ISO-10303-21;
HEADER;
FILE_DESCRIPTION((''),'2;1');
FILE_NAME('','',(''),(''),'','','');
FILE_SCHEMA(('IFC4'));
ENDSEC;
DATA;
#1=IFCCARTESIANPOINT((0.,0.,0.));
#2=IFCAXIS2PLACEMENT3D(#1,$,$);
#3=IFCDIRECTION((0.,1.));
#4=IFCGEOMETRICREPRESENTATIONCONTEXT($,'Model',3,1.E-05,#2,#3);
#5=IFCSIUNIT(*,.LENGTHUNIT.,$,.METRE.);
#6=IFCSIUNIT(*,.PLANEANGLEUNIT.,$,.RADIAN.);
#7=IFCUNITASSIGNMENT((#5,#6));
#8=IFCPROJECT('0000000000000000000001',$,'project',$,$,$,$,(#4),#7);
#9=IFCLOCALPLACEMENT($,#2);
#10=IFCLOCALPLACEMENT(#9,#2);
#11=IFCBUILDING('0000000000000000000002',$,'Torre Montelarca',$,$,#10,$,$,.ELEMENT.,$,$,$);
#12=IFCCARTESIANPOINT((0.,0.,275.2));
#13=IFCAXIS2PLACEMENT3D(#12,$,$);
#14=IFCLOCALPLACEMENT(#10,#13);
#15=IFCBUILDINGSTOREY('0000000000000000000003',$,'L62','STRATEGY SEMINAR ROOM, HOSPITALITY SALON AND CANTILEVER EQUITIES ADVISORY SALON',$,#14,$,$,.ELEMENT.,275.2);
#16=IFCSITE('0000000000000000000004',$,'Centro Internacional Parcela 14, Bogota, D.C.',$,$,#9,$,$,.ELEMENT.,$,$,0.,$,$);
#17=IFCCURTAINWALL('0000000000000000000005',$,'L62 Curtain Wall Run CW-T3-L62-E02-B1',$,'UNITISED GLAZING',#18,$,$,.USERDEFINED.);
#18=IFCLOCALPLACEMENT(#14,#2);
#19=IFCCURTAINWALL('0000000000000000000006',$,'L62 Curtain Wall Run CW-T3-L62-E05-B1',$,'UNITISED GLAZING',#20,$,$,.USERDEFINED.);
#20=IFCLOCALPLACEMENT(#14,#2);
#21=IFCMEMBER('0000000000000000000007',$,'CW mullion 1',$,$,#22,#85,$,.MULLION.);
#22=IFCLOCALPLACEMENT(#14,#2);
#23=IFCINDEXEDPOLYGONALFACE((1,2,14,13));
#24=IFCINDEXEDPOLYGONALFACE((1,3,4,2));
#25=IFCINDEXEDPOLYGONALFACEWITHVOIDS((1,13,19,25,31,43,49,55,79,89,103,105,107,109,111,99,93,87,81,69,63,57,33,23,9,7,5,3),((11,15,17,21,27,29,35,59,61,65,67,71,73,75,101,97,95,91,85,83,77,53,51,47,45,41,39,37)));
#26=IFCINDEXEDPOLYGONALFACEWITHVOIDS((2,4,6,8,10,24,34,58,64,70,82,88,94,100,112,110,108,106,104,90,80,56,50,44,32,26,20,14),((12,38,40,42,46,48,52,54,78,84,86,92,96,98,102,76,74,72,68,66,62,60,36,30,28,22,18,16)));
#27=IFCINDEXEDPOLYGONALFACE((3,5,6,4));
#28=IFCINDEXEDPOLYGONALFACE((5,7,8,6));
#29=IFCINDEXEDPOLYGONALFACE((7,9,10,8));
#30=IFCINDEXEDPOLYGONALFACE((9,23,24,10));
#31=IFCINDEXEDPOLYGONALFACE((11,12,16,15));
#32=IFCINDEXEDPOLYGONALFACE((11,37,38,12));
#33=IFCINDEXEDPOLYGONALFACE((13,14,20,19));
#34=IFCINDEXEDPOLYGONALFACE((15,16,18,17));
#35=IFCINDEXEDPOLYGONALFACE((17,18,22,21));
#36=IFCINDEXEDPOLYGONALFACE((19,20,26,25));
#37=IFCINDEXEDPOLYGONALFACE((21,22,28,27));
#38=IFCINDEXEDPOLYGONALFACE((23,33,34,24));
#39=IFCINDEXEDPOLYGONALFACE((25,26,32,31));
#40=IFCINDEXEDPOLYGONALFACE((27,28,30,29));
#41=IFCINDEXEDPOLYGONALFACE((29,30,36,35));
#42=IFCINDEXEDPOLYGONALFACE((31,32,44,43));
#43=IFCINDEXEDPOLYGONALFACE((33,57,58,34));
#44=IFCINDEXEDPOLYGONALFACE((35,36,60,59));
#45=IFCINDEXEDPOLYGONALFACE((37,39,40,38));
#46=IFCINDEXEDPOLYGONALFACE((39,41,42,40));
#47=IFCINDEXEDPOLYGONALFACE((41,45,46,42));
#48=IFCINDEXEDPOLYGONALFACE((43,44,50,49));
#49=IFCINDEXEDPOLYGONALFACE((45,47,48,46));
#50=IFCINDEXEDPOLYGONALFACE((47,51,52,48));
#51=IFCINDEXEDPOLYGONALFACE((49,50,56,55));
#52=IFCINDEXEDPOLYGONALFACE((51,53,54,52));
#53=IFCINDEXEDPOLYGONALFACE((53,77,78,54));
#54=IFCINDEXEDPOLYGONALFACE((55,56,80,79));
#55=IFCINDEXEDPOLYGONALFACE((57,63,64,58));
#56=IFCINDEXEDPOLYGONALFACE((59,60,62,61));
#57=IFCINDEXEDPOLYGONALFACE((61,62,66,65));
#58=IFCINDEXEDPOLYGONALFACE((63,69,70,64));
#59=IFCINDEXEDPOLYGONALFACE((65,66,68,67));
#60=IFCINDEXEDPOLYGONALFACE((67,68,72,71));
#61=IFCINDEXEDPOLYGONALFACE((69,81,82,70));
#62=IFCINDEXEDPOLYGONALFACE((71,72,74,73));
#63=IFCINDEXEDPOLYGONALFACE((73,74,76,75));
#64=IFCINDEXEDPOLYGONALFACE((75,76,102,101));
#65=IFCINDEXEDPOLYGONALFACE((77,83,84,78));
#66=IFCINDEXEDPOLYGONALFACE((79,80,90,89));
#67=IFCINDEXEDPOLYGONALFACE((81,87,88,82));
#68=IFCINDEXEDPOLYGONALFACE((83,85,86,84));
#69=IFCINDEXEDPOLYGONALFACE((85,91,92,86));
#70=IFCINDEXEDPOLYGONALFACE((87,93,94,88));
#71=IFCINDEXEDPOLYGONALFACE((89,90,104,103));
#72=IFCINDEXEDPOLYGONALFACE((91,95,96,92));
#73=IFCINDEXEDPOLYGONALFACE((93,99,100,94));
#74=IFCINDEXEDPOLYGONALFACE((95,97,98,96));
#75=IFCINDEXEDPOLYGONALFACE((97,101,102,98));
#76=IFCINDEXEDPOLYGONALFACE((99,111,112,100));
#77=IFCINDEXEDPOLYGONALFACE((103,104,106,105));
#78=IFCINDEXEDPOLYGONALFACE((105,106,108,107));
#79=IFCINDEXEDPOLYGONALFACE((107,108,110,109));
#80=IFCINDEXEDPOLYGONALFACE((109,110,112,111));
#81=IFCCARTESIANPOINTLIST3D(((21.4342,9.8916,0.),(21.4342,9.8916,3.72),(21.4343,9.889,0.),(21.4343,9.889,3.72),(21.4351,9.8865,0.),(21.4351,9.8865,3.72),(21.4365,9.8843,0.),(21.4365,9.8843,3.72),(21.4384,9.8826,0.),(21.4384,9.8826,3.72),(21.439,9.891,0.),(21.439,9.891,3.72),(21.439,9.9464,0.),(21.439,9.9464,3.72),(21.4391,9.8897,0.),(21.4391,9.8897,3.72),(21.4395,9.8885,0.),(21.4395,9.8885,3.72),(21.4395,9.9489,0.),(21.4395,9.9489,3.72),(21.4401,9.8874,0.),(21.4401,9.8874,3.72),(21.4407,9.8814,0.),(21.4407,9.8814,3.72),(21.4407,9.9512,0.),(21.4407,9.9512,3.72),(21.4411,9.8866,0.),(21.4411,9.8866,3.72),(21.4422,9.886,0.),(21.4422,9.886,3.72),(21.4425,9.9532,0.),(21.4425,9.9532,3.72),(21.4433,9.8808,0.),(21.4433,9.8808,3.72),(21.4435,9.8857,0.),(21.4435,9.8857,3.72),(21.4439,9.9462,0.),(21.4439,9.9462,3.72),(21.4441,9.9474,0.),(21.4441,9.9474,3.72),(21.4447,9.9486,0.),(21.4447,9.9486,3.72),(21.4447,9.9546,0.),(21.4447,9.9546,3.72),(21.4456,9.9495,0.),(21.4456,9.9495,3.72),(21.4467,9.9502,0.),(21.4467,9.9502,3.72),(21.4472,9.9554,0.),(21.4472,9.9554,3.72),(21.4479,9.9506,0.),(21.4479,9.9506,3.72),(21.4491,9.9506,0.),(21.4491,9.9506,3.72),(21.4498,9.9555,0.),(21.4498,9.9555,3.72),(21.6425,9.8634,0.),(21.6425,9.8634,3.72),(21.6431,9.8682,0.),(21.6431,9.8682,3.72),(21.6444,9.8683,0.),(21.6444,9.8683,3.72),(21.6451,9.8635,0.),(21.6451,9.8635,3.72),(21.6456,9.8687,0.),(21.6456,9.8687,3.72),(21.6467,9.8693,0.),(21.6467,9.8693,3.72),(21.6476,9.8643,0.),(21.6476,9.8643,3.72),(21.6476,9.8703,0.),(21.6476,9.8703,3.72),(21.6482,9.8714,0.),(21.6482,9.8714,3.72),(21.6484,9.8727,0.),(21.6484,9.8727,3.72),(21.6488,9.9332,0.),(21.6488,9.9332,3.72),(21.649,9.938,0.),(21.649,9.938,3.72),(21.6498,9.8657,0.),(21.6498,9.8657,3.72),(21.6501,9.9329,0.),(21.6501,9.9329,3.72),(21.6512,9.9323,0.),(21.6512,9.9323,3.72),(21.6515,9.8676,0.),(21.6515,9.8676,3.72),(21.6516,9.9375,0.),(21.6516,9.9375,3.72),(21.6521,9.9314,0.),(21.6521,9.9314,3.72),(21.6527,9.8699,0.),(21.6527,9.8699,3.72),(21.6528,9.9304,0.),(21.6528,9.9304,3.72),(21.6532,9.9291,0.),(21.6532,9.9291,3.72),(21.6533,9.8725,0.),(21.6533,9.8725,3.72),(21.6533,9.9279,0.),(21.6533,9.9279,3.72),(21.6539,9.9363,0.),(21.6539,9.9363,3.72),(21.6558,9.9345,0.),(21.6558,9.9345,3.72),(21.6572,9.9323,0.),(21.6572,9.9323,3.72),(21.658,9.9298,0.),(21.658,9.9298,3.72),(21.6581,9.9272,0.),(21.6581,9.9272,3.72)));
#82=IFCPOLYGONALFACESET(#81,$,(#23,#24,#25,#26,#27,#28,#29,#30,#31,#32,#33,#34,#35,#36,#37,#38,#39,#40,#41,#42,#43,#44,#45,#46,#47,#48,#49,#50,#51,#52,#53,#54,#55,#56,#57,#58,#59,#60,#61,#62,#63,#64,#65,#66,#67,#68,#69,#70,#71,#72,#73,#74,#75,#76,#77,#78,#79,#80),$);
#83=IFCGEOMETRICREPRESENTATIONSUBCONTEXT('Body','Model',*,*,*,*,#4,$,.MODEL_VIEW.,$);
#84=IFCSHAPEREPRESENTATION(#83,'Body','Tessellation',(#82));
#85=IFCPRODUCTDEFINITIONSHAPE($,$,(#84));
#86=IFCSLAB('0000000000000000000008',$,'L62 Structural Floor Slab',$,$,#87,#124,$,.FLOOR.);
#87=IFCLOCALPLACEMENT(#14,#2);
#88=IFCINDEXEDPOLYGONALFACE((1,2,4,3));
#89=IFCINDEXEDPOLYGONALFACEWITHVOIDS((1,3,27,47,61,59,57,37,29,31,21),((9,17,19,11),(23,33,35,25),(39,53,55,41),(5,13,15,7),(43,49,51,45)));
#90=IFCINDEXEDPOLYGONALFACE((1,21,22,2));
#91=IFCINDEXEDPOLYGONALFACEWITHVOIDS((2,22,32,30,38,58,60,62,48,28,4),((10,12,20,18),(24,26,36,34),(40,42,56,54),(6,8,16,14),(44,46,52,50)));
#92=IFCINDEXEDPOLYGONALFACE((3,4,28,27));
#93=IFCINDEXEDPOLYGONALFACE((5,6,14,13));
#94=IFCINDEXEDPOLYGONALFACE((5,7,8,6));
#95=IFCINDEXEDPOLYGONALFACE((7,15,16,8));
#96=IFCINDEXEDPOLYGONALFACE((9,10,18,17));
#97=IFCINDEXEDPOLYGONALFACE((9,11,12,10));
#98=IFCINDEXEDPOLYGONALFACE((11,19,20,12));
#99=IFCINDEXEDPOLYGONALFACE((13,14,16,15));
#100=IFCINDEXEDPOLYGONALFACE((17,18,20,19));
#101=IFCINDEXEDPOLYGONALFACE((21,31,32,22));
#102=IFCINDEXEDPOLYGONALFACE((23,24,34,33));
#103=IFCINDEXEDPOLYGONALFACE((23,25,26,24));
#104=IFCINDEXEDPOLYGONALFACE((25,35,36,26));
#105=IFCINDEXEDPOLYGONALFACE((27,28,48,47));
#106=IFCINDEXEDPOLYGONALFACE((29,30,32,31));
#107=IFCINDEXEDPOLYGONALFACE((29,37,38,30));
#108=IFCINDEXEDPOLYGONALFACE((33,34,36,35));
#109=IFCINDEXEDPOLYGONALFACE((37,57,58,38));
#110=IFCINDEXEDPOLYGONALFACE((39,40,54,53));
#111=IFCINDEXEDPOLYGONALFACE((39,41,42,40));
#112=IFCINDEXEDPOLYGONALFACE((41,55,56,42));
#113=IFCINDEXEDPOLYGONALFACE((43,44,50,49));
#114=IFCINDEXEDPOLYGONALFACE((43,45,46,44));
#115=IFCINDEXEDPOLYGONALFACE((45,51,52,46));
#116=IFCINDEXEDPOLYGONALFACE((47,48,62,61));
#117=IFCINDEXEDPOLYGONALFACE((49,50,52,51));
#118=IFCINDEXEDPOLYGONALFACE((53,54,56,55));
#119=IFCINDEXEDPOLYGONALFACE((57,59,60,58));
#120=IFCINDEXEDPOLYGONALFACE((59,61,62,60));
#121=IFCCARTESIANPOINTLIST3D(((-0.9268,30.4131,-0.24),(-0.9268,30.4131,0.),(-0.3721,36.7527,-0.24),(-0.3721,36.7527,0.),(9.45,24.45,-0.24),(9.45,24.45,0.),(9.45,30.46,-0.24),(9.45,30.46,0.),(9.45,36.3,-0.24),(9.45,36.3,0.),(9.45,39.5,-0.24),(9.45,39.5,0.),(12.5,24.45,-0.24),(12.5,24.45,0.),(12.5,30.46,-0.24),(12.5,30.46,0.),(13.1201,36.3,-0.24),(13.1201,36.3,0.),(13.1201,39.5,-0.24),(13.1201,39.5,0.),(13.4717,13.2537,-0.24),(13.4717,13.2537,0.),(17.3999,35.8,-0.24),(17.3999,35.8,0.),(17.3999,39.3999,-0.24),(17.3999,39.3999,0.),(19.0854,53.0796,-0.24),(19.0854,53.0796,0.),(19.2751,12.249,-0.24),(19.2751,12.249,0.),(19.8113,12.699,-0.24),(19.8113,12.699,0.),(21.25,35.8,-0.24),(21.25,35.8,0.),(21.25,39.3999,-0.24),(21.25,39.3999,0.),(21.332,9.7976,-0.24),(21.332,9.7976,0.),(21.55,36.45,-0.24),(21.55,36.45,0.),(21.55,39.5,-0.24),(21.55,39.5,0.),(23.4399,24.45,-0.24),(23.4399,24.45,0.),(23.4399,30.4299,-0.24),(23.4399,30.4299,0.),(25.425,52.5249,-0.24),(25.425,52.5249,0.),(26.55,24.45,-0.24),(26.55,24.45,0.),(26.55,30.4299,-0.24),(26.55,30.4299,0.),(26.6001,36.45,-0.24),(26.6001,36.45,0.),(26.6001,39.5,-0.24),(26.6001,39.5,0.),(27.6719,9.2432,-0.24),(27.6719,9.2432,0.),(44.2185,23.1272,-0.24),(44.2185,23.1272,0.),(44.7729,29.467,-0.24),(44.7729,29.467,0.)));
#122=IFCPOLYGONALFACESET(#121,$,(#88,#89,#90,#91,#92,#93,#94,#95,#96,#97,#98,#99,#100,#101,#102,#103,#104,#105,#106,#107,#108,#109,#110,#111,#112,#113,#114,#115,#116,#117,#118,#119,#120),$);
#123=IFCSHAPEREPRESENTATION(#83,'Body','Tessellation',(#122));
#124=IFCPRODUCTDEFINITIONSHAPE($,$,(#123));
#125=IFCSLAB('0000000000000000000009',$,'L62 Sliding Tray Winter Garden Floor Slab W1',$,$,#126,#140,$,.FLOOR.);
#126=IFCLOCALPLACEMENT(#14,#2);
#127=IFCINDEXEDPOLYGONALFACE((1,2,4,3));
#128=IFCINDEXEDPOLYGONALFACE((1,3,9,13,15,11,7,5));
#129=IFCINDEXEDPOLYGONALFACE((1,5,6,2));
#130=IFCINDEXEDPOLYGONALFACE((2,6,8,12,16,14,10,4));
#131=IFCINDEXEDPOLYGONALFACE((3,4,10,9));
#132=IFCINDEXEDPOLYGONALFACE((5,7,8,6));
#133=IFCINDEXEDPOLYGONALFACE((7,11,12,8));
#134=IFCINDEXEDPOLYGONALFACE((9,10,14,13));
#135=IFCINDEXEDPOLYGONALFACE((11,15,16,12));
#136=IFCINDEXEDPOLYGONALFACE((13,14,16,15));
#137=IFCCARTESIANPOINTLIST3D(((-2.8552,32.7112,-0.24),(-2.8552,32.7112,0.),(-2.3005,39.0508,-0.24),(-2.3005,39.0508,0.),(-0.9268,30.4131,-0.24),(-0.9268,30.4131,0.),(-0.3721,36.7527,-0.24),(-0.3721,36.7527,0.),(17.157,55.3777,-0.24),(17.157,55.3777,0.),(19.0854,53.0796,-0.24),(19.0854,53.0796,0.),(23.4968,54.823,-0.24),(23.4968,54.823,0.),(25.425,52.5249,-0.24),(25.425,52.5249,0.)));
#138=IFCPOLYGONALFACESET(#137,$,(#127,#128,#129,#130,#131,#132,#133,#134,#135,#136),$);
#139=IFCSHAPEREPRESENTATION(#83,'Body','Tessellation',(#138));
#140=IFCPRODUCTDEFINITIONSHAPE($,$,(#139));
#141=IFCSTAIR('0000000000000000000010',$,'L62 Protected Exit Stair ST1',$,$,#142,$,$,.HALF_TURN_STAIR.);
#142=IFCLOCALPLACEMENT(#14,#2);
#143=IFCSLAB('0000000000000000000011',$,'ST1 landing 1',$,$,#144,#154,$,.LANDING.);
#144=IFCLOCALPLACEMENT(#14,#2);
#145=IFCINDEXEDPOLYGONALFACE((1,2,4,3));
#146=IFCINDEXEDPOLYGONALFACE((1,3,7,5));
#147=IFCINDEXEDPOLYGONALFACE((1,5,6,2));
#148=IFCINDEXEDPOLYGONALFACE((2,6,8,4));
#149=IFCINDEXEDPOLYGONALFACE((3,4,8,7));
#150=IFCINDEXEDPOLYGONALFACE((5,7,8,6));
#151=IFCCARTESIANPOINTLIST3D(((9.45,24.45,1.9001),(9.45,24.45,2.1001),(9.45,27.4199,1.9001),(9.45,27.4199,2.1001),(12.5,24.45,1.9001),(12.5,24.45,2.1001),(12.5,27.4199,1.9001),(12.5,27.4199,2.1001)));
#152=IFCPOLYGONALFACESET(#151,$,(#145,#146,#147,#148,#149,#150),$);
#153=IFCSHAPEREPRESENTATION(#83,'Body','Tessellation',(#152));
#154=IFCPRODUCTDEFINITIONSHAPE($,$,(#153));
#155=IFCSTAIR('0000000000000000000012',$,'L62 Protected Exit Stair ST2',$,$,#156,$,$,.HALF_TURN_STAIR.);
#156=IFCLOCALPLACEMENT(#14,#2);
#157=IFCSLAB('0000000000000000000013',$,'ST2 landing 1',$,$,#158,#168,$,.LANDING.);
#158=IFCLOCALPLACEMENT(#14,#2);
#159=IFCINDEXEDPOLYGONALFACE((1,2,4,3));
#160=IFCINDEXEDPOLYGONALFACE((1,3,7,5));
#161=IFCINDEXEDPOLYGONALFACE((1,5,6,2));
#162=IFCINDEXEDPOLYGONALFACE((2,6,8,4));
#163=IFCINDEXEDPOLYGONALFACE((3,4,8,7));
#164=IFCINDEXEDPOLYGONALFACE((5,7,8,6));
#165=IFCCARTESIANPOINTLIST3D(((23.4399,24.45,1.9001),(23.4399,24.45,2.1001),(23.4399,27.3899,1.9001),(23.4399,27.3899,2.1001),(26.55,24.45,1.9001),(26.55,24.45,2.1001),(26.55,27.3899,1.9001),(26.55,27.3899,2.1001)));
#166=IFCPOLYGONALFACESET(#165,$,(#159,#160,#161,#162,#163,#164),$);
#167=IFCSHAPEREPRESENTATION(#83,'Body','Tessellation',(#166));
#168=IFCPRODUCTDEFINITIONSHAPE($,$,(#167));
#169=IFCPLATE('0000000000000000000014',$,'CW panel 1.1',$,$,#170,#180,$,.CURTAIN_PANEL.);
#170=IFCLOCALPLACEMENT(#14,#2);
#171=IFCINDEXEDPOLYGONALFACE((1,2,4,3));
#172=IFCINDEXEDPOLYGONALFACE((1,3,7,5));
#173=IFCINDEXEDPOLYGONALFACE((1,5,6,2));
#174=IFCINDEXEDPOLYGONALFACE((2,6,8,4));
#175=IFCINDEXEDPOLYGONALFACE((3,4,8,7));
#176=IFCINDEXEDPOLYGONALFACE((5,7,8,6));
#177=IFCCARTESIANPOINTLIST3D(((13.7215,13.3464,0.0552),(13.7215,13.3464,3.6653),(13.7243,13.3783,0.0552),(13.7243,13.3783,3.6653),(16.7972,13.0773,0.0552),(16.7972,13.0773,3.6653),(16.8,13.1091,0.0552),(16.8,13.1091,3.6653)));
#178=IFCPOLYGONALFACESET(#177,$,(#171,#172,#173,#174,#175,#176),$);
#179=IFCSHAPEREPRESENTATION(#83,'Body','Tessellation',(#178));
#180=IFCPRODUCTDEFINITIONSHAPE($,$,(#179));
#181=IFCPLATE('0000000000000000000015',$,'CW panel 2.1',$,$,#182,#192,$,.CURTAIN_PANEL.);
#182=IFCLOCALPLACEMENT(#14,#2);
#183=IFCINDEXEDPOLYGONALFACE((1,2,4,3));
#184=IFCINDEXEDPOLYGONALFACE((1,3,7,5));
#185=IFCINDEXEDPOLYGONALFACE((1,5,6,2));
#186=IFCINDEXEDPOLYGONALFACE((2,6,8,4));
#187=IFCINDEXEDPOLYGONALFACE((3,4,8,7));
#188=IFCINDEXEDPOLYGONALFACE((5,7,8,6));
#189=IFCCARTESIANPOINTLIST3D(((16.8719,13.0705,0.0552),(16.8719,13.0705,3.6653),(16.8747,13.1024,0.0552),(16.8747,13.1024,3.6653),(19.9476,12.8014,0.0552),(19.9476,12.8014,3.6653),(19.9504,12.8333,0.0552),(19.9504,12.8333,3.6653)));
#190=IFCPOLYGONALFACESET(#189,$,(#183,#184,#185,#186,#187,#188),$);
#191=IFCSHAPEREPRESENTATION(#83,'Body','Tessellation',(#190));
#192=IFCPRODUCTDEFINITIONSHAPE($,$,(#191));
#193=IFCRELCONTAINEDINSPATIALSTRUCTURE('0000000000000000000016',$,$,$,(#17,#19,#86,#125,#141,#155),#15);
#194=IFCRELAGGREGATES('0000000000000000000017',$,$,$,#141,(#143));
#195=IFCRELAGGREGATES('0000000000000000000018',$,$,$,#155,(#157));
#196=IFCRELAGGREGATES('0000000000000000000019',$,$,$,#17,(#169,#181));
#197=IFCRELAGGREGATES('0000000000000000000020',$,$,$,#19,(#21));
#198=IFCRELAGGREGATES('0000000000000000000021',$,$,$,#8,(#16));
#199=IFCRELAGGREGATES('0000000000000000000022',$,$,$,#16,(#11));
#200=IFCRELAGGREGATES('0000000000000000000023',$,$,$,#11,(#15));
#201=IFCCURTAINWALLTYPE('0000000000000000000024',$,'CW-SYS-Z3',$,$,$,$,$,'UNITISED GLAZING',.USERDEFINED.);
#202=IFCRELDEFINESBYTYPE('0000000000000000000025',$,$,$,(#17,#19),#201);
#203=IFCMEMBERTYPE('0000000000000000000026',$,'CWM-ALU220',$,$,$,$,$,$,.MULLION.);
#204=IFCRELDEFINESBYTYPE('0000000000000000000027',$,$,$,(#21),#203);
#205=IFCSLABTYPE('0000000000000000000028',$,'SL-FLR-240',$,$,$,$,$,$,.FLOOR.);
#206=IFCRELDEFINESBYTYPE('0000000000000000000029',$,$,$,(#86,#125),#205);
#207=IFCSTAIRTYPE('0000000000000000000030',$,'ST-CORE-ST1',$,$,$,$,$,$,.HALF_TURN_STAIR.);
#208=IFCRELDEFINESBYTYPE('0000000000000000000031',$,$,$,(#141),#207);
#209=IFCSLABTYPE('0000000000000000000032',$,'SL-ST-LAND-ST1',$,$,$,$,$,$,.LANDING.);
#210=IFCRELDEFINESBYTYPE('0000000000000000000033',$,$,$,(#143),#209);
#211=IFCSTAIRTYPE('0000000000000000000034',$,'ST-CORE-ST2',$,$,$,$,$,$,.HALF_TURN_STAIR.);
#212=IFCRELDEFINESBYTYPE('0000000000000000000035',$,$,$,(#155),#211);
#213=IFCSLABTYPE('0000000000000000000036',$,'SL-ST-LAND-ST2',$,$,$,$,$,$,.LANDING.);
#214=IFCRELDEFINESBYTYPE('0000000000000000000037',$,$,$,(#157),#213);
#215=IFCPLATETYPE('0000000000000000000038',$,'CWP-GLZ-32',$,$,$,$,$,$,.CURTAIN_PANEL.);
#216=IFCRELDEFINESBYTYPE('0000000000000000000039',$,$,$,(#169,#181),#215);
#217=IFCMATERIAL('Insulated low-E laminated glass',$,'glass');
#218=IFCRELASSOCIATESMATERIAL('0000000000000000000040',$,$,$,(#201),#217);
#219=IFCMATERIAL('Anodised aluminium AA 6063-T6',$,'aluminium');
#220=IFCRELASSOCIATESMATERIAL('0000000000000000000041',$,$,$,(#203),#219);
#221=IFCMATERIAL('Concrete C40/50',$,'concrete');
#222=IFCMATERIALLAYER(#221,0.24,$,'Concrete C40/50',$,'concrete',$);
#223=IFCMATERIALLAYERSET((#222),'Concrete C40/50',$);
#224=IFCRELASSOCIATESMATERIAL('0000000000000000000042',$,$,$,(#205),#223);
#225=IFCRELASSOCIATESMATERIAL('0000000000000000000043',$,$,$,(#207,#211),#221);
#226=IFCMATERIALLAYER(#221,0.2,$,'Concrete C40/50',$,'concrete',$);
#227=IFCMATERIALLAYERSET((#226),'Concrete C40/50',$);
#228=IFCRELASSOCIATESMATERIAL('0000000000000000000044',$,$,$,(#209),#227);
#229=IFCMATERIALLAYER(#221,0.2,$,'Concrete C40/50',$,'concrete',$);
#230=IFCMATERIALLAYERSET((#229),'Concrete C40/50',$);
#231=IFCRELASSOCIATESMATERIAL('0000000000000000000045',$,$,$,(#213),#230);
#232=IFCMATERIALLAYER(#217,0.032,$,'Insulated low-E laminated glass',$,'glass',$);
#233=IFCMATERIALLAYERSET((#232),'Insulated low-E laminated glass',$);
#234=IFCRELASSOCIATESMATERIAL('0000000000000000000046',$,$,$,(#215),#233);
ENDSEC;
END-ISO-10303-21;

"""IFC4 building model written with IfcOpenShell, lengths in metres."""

from ifc_helpers import new_model, si_unit, direction, frame, origin, origin_2d, place, context, subcontext, project, spatial, polyline, rectangle, hollow_rectangle, outline, extrude, source, transform, mapped, material, layer, layer_set, material_profile, profile_set, type_object, element, aggregate, save


model = new_model("IFC4")

# Units and contexts
model_context = context("Model", 3, precision=1e-05, world=origin(), true_north=direction((0.0, 1.0)))
body_context = subcontext(model_context, "Body", "Model", "MODEL_VIEW")
ifc_project = project(units=[si_unit("LENGTHUNIT", "METRE"), si_unit("PLANEANGLEUNIT", "RADIAN")], contexts=[model_context])

# Site, building, storey
site_placement = place(None, origin())
site = spatial("IfcSite", under=ifc_project, at=site_placement, Name="Centro Internacional Parcela 14, Bogota, D.C.", CompositionType="ELEMENT", RefElevation=0.0)
building_placement = place(site_placement, origin())
building = spatial("IfcBuilding", under=site, at=building_placement, Name="Torre Montelarca", CompositionType="ELEMENT")
storey_placement = place(building_placement, frame((0.0, 0.0, 275.2)))
storey = spatial("IfcBuildingStorey", under=building, at=storey_placement, Name="L62", Description="STRATEGY SEMINAR ROOM, HOSPITALITY SALON AND CANTILEVER EQUITIES ADVISORY SALON", CompositionType="ELEMENT", Elevation=275.2)

# Curtain walls
ifc_material_1 = material(Name="Insulated low-E laminated glass", Category="glass")
curtain_wall_type = type_object("IfcCurtainWallType", Name="CW-SYS-Z3", ElementType="UNITISED GLAZING", PredefinedType="USERDEFINED", material=ifc_material_1)
curtain_wall_1_placement = place(storey_placement, origin())
curtain_wall_1 = element("IfcCurtainWall", 1, at=curtain_wall_1_placement, inside=storey, type_object=curtain_wall_type, Name="L62 Curtain Wall Run CW-T3-L62-E02-B1", ObjectType="UNITISED GLAZING", PredefinedType="USERDEFINED")
ifc_material_2 = material(Name="Anodised aluminium AA 6063-T6", Category="aluminium")
curtain_wall_2_placement = place(storey_placement, origin())
curtain_wall_2 = element("IfcCurtainWall", 2, at=curtain_wall_2_placement, inside=storey, type_object=curtain_wall_type, Name="L62 Curtain Wall Run CW-T3-L62-E05-B1", ObjectType="UNITISED GLAZING", PredefinedType="USERDEFINED")

# Shared definitions
ifc_material_profile_1 = material_profile(ifc_material_2, hollow_rectangle(XDim=0.075, YDim=0.22, WallThickness=0.0049, InnerFilletRadius=0.0049, OuterFilletRadius=0.01, at=origin_2d()), Name="ALU75X220X5", Category="aluminium")
ifc_profile_set_1 = profile_set([ifc_material_profile_1], Name="Anodised aluminium AA 6063-T6")
member_type_1 = type_object("IfcMemberType", Name="CWM-ALU220", PredefinedType="MULLION", material=ifc_profile_set_1)
shared_shape_1 = source(origin(), body_context, "Body", "SweptSolid", [
    extrude(hollow_rectangle(XDim=0.075, YDim=0.22, WallThickness=0.0049, InnerFilletRadius=0.0049, OuterFilletRadius=0.01, at=origin_2d()), origin(), (0.0, 0.0, 1.0), 3.72),
])

# Member
member_1_placement = place(storey_placement, frame((21.5461, 9.9094, 0.0), z_axis=(0.0, 0.0, 1.0), x_axis=(0.087166, 0.996194, 0.0)))
member_1 = element("IfcMember", 3, at=member_1_placement, type_object=member_type_1, Name="CW mullion 1", PredefinedType="MULLION", context=body_context, shape_type="MappedRepresentation", body=[
    mapped(shared_shape_1, transform((0.0, 0.0, 0.0), scale=1.0)),
])

# Slabs
ifc_material_3 = material(Name="Concrete C40/50", Category="concrete")
ifc_layer_1 = layer(ifc_material_3, 0.24, Name="Concrete C40/50", Category="concrete")
ifc_layer_set_1 = layer_set([ifc_layer_1], Name="Concrete C40/50")
slab_type_1 = type_object("IfcSlabType", Name="SL-FLR-240", PredefinedType="FLOOR", material=ifc_layer_set_1)
slab_1_placement = place(storey_placement, frame((0.0, 0.0, -0.24)))
element("IfcSlab", 4, at=slab_1_placement, inside=storey, type_object=slab_type_1, Name="L62 Structural Floor Slab", PredefinedType="FLOOR", context=body_context, shape_type="SweptSolid", body=[
    extrude(outline(polyline([(13.4717, 13.2537), (19.8113, 12.699), (19.2751, 12.249), (21.332, 9.7976), (27.6719, 9.2432), (44.2185, 23.1272), (44.7729, 29.467), (25.425, 52.5249), (19.0854, 53.0796), (-0.3721, 36.7527), (-0.9268, 30.4131), (13.4717, 13.2537)]), holes=[polyline([(26.55, 24.45), (23.4399, 24.45), (23.4399, 30.4299), (26.55, 30.4299), (26.55, 24.45)]), polyline([(12.5, 24.45), (9.45, 24.45), (9.45, 30.46), (12.5, 30.46), (12.5, 24.45)]), polyline([(21.25, 39.3999), (21.25, 35.8), (17.3999, 35.8), (17.3999, 39.3999), (21.25, 39.3999)]), polyline([(13.1201, 36.3), (9.45, 36.3), (9.45, 39.5), (13.1201, 39.5), (13.1201, 36.3)]), polyline([(26.6001, 36.45), (21.55, 36.45), (21.55, 39.5), (26.6001, 39.5), (26.6001, 36.45)])]), origin(), (0.0, 0.0, 1.0), 0.24),
])
slab_2_placement = place(storey_placement, frame((0.0, 0.0, -0.24)))
element("IfcSlab", 5, at=slab_2_placement, inside=storey, type_object=slab_type_1, Name="L62 Sliding Tray Winter Garden Floor Slab W1", PredefinedType="FLOOR", context=body_context, shape_type="SweptSolid", body=[
    extrude(outline(polyline([(-0.9268, 30.4131), (-0.3721, 36.7527), (19.0854, 53.0796), (25.425, 52.5249), (23.4968, 54.823), (17.157, 55.3777), (-2.3005, 39.0508), (-2.8552, 32.7112), (-0.9268, 30.4131)])), origin(), (0.0, 0.0, 1.0), 0.24),
])

# Stairs, slabs
stair_type_1 = type_object("IfcStairType", Name="ST-CORE-ST1", PredefinedType="HALF_TURN_STAIR", material=ifc_material_3)
stair_1_placement = place(storey_placement, origin())
stair_1 = element("IfcStair", 6, at=stair_1_placement, inside=storey, type_object=stair_type_1, Name="L62 Protected Exit Stair ST1", PredefinedType="HALF_TURN_STAIR")
ifc_layer_2 = layer(ifc_material_3, 0.2, Name="Concrete C40/50", Category="concrete")
ifc_layer_set_2 = layer_set([ifc_layer_2], Name="Concrete C40/50")
slab_type_2 = type_object("IfcSlabType", Name="SL-ST-LAND-ST1", PredefinedType="LANDING", material=ifc_layer_set_2)
slab_3_placement = place(storey_placement, frame((0.0, 0.0, 1.9001)))
slab_3 = element("IfcSlab", 7, at=slab_3_placement, type_object=slab_type_2, Name="ST1 landing 1", PredefinedType="LANDING", context=body_context, shape_type="SweptSolid", body=[
    extrude(outline(polyline([(9.45, 27.4199), (9.45, 24.45), (12.5, 24.45), (12.5, 27.4199), (9.45, 27.4199)])), origin(), (0.0, 0.0, 1.0), 0.2),
])
aggregate(stair_1, [slab_3])
stair_type_2 = type_object("IfcStairType", Name="ST-CORE-ST2", PredefinedType="HALF_TURN_STAIR", material=ifc_material_3)
stair_2_placement = place(storey_placement, origin())
stair_2 = element("IfcStair", 8, at=stair_2_placement, inside=storey, type_object=stair_type_2, Name="L62 Protected Exit Stair ST2", PredefinedType="HALF_TURN_STAIR")
ifc_layer_3 = layer(ifc_material_3, 0.2, Name="Concrete C40/50", Category="concrete")
ifc_layer_set_3 = layer_set([ifc_layer_3], Name="Concrete C40/50")
slab_type_3 = type_object("IfcSlabType", Name="SL-ST-LAND-ST2", PredefinedType="LANDING", material=ifc_layer_set_3)
slab_4_placement = place(storey_placement, frame((0.0, 0.0, 1.9001)))
slab_4 = element("IfcSlab", 9, at=slab_4_placement, type_object=slab_type_3, Name="ST2 landing 1", PredefinedType="LANDING", context=body_context, shape_type="SweptSolid", body=[
    extrude(outline(polyline([(23.4399, 27.3899), (23.4399, 24.45), (26.55, 24.45), (26.55, 27.3899), (23.4399, 27.3899)])), origin(), (0.0, 0.0, 1.0), 0.2),
])
aggregate(stair_2, [slab_4])

# Plates
ifc_layer_4 = layer(ifc_material_1, 0.032, Name="Insulated low-E laminated glass", Category="glass")
ifc_layer_set_4 = layer_set([ifc_layer_4], Name="Insulated low-E laminated glass")
plate_type = type_object("IfcPlateType", Name="CWP-GLZ-32", PredefinedType="CURTAIN_PANEL", material=ifc_layer_set_4)
shared_shape_2 = source(origin(), body_context, "Body", "SweptSolid", [
    extrude(rectangle(XDim=3.0874, YDim=0.032, at=origin_2d()), origin(), (0.0, 0.0, 1.0), 3.6101),
])
plate_1_placement = place(storey_placement, frame((15.2607, 13.2278, 0.0552), z_axis=(0.0, 0.0, 1.0), x_axis=(0.996193, -0.087174, 0.0)))
plate_1 = element("IfcPlate", 10, at=plate_1_placement, type_object=plate_type, Name="CW panel 1.1", PredefinedType="CURTAIN_PANEL", context=body_context, shape_type="MappedRepresentation", body=[
    mapped(shared_shape_2, transform((0.0, 0.0, 0.0), scale=1.0)),
])
plate_2_placement = place(storey_placement, frame((18.4111, 12.9519, 0.0552), z_axis=(0.0, 0.0, 1.0), x_axis=(0.996193, -0.087174, 0.0)))
plate_2 = element("IfcPlate", 11, at=plate_2_placement, type_object=plate_type, Name="CW panel 2.1", PredefinedType="CURTAIN_PANEL", context=body_context, shape_type="MappedRepresentation", body=[
    mapped(shared_shape_2, transform((0.0, 0.0, 0.0), scale=1.0)),
])
aggregate(curtain_wall_1, [plate_1, plate_2])
aggregate(curtain_wall_2, [member_1])

save(model, "model.ifc")
